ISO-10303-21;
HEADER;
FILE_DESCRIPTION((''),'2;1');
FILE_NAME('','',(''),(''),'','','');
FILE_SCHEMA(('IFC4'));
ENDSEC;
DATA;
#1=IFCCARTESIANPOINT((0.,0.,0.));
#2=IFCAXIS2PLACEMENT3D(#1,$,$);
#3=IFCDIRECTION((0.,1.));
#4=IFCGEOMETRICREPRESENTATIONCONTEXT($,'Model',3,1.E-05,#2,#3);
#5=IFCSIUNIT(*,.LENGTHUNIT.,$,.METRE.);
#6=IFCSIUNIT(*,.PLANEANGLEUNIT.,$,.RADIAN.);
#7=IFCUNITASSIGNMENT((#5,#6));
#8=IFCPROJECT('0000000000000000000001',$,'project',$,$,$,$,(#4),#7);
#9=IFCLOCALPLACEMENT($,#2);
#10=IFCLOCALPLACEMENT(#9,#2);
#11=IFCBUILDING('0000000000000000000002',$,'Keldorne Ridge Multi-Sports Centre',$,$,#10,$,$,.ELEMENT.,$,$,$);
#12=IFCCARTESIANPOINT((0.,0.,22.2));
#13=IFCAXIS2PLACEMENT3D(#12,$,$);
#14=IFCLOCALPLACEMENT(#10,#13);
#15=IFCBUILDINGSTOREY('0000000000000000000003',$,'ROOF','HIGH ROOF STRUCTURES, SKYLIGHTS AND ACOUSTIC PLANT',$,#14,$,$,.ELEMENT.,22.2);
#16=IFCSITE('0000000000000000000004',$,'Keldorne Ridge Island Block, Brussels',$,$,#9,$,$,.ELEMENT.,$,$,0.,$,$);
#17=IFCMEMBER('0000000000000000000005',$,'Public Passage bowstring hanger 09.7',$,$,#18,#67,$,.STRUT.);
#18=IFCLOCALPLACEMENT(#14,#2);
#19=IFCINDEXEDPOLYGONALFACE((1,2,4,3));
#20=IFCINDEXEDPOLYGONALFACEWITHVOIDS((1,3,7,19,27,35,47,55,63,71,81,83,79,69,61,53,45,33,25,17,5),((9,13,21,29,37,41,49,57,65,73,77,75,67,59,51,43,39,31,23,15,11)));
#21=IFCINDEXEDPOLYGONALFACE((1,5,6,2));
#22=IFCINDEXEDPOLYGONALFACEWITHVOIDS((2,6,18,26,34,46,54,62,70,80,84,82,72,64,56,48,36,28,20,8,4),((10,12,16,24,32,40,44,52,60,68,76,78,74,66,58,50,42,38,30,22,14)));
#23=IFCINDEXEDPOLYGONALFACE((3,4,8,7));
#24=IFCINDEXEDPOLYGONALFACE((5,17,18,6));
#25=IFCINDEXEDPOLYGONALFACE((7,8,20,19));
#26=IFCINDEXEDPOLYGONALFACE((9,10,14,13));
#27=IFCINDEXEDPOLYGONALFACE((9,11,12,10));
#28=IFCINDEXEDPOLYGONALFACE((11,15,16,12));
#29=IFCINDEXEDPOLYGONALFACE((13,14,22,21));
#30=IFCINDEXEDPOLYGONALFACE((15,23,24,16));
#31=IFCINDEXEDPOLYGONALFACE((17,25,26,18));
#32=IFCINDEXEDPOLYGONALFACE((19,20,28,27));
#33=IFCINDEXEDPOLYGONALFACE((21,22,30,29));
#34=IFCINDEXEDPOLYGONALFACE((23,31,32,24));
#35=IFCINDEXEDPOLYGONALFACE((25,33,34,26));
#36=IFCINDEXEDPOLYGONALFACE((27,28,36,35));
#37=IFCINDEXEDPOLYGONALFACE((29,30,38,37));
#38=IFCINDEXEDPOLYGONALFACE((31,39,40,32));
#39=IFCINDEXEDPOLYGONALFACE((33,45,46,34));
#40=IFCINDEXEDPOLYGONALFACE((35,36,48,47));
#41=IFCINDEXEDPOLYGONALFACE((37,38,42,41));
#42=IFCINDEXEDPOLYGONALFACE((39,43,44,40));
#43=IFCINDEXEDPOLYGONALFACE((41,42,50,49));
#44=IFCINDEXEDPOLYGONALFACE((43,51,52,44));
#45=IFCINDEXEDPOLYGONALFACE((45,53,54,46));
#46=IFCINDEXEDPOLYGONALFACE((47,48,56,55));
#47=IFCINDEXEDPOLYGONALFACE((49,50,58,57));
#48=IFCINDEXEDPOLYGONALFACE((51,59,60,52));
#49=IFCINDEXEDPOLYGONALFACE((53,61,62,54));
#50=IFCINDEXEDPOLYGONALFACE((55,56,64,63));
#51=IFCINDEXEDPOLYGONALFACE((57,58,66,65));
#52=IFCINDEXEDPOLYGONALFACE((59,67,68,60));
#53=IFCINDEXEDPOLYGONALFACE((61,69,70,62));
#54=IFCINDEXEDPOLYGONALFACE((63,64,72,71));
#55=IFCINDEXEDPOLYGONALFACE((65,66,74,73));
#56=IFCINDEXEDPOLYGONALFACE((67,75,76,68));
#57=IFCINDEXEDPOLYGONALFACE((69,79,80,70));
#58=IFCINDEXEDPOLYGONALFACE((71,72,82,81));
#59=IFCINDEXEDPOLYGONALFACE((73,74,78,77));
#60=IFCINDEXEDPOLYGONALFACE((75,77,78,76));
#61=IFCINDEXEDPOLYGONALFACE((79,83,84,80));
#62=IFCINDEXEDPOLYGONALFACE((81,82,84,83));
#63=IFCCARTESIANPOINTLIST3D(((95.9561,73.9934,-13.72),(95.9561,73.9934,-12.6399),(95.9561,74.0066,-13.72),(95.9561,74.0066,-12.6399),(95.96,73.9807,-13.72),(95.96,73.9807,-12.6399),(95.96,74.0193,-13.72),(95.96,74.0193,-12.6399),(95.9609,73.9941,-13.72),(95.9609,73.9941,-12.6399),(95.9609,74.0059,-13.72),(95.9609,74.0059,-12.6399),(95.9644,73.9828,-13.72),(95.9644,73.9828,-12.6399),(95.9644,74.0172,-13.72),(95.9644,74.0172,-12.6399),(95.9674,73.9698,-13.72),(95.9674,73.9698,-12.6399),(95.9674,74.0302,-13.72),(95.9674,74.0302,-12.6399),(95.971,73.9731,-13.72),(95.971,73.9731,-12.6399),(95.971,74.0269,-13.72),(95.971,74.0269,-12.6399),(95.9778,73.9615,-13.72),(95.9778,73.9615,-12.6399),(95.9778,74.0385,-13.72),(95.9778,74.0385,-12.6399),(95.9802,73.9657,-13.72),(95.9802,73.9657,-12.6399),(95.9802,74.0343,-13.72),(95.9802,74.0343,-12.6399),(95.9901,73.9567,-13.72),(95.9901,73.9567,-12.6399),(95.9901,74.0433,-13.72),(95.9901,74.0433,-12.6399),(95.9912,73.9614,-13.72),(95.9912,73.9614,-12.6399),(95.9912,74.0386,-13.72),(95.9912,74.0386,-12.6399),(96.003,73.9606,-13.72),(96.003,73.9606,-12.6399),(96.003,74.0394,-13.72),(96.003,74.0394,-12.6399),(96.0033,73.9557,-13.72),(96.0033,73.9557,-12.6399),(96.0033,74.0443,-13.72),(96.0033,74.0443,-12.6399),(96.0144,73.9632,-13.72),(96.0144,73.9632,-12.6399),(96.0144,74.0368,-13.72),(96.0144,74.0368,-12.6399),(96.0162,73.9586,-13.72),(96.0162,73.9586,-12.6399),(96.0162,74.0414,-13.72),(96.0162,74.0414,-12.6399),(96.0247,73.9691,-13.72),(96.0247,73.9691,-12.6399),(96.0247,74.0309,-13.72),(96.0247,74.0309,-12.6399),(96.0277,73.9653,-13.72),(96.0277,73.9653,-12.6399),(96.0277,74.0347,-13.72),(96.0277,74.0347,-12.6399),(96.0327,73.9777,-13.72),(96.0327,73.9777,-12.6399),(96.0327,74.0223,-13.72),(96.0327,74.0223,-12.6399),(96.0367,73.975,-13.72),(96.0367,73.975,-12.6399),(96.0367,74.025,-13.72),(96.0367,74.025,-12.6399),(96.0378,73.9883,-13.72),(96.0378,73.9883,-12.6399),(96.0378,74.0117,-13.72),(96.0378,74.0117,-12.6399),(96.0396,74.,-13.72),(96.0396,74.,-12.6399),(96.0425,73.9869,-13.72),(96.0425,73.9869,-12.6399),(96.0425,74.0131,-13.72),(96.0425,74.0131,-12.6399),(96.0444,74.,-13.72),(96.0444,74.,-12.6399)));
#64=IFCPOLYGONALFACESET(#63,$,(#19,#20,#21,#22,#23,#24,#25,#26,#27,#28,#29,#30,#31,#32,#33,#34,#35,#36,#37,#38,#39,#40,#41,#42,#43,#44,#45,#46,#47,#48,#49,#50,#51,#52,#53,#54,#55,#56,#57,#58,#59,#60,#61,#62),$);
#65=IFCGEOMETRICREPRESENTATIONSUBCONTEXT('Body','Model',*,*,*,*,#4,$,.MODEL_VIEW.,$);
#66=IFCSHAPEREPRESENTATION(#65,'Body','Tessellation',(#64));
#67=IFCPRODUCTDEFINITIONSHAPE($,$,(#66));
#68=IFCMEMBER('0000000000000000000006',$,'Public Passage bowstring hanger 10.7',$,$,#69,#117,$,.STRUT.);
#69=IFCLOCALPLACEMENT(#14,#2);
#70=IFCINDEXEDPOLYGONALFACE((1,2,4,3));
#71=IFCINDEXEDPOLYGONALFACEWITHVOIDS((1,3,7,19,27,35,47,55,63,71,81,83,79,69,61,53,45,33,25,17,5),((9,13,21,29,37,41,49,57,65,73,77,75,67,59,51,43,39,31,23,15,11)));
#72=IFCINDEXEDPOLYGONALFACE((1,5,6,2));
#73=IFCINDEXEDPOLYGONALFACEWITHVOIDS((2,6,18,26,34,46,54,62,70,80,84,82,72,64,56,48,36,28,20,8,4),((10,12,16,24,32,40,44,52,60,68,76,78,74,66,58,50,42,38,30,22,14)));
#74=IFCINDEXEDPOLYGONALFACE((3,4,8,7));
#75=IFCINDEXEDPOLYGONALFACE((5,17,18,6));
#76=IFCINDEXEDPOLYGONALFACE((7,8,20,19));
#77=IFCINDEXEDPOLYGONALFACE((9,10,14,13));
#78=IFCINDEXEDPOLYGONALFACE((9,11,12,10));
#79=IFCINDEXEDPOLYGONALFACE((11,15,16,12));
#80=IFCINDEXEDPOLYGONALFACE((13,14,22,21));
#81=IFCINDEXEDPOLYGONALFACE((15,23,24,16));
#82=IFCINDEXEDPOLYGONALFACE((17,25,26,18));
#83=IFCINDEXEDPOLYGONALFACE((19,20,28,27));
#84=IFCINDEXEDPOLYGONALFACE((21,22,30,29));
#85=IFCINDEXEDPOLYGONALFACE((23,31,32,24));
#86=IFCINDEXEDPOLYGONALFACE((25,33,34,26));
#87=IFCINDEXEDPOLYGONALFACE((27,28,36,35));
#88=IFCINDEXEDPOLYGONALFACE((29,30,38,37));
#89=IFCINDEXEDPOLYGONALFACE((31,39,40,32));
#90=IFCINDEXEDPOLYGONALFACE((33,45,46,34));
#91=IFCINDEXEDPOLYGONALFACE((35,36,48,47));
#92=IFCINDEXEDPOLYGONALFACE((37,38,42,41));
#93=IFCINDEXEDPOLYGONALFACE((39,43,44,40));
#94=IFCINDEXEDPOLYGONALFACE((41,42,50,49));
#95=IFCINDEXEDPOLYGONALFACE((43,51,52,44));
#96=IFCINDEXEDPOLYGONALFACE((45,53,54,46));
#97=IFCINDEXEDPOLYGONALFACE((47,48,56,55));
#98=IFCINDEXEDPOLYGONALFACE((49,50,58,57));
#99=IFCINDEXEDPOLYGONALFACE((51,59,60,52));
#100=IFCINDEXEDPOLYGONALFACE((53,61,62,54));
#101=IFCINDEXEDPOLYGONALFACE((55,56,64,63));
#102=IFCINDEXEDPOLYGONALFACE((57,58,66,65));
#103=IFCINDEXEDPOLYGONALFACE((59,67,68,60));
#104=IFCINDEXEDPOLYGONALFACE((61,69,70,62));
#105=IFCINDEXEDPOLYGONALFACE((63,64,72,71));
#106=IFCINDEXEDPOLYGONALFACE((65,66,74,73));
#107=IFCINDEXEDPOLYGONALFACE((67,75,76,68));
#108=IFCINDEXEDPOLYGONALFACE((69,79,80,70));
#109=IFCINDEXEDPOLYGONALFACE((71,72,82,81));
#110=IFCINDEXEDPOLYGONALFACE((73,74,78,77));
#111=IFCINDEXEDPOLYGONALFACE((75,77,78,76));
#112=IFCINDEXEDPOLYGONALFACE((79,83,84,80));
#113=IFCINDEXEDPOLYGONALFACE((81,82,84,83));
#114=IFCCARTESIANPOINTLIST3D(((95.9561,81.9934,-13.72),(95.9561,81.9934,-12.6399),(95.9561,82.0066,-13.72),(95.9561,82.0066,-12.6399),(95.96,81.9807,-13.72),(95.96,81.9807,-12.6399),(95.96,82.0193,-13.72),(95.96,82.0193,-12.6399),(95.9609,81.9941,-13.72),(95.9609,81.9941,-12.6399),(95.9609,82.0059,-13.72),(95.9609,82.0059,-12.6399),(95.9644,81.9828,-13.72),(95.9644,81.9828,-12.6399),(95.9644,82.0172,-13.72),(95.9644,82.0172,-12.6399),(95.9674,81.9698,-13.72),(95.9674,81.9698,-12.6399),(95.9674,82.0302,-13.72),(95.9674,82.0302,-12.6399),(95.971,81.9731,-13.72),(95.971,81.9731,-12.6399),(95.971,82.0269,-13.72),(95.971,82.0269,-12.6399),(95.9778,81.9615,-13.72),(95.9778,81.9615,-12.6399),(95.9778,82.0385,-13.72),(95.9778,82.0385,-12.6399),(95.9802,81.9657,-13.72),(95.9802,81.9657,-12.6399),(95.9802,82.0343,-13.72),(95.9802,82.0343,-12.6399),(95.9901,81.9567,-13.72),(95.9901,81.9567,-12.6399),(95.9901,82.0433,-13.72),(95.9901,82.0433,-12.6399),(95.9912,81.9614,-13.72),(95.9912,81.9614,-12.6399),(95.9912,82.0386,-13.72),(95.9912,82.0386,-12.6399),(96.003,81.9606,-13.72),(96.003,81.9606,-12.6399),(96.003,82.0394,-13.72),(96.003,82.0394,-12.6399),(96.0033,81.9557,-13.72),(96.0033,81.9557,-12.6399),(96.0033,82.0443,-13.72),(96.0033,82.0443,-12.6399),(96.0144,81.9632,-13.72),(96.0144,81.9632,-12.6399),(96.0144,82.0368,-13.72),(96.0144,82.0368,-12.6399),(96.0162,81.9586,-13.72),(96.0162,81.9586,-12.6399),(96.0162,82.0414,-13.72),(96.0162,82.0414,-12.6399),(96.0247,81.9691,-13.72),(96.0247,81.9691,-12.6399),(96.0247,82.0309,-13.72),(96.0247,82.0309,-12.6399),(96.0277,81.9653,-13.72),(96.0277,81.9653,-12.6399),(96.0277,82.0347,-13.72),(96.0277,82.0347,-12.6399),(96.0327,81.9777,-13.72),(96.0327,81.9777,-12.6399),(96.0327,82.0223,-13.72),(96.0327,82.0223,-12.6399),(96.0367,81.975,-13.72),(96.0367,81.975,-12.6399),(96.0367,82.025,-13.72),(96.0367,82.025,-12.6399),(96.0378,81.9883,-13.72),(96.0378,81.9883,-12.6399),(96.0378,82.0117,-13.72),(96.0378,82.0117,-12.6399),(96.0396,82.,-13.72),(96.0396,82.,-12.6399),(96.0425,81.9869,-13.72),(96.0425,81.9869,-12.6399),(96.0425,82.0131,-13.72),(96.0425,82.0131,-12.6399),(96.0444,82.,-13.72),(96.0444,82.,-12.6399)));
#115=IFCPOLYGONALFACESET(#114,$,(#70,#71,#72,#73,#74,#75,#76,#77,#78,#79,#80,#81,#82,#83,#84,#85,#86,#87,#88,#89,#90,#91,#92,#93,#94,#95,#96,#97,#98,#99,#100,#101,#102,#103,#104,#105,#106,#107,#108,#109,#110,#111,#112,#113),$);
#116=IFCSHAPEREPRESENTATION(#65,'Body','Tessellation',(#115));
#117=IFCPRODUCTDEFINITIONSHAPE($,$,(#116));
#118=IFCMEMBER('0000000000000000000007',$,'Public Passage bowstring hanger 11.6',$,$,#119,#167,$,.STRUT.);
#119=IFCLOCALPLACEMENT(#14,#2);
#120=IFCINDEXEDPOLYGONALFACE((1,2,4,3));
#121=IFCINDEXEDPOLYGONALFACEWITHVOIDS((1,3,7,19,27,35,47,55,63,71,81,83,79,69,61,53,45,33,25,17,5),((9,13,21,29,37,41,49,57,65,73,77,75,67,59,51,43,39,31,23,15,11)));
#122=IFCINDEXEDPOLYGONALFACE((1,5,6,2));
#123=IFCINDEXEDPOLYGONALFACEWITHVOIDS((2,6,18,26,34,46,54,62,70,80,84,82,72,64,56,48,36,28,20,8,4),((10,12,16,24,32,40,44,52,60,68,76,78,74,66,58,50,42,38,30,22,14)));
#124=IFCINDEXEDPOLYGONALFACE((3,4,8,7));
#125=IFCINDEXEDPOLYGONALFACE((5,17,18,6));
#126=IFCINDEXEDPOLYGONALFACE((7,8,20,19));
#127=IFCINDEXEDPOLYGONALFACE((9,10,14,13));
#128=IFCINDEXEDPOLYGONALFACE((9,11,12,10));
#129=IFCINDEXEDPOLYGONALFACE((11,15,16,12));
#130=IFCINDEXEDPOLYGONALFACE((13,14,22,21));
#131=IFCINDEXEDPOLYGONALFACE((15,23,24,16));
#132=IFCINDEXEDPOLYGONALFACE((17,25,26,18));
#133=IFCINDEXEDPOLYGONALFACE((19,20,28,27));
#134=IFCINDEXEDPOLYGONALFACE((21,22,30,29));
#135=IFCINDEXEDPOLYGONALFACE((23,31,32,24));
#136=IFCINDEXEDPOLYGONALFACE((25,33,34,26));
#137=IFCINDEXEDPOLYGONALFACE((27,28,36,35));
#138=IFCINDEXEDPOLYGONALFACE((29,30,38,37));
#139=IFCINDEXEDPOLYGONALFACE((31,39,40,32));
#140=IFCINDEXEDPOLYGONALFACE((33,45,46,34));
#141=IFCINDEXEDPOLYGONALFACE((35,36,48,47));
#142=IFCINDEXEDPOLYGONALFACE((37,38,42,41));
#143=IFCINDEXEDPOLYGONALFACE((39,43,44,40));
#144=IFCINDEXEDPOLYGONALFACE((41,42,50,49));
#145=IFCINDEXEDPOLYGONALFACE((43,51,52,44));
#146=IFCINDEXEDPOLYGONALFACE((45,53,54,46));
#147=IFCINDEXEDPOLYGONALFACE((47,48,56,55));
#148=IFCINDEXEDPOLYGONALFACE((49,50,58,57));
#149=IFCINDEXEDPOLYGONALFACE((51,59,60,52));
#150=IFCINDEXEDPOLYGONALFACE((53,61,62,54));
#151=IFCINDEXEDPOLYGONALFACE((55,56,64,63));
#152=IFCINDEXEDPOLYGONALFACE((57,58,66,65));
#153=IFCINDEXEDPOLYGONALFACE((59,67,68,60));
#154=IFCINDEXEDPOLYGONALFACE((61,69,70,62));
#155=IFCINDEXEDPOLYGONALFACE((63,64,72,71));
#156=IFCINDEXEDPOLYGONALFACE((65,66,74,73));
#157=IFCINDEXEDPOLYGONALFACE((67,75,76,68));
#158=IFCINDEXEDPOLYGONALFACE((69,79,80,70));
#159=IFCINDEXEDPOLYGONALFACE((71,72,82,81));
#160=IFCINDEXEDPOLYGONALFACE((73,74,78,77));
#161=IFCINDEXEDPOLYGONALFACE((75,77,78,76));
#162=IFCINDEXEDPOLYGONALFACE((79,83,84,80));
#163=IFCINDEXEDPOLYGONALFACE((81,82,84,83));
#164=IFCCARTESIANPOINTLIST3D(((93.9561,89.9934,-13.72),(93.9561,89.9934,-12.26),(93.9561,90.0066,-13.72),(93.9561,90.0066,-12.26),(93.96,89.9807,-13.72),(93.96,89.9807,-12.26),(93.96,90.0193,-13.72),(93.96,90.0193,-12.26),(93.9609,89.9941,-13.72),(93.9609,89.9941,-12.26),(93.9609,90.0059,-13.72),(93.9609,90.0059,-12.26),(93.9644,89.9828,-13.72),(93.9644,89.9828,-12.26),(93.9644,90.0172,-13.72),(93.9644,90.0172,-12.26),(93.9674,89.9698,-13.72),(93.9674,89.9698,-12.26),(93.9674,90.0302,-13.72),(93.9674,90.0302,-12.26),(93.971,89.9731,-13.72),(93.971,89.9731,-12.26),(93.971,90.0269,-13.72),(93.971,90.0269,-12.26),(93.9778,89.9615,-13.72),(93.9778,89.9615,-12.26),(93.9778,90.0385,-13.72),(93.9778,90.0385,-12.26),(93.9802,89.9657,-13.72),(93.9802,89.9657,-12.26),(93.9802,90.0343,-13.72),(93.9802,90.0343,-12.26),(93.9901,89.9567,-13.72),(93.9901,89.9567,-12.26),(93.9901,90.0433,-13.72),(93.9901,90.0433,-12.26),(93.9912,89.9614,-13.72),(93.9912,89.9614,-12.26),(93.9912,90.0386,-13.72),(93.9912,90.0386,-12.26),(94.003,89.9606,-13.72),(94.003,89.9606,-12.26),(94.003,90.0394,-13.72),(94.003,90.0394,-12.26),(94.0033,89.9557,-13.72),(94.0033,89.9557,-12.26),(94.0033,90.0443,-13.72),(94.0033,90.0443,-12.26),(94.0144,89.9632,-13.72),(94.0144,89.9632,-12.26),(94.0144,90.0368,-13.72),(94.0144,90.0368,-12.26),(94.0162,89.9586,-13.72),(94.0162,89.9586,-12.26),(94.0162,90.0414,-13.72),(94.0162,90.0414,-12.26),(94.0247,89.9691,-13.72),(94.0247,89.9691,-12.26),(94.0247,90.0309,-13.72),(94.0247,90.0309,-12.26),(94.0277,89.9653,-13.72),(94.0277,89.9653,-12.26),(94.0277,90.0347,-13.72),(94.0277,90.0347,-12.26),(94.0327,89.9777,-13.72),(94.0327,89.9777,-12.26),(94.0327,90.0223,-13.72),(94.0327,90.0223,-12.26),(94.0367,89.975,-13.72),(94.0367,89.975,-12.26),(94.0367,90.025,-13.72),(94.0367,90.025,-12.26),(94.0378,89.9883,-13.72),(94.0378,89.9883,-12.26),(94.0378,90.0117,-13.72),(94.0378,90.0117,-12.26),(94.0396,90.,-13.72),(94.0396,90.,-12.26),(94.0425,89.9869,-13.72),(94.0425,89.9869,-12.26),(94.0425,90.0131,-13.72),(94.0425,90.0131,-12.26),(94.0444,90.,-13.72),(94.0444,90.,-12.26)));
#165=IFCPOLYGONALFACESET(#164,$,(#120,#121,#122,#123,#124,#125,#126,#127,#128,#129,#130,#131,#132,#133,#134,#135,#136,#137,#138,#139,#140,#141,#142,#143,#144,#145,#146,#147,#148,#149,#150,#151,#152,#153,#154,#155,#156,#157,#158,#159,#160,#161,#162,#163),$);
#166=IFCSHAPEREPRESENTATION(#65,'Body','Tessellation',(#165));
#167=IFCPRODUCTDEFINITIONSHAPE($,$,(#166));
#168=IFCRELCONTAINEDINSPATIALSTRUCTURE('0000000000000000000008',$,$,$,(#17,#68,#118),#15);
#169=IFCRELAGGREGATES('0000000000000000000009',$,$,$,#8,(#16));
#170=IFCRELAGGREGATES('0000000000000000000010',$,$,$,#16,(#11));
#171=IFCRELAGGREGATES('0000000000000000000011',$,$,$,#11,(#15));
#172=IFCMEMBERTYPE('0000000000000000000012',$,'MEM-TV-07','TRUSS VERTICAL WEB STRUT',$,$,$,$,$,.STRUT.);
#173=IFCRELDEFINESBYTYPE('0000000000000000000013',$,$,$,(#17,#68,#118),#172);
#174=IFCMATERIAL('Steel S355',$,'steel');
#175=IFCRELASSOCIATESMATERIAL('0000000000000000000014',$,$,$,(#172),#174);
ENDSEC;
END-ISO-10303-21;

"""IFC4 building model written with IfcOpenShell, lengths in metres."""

from ifc_helpers import new_model, si_unit, direction, frame, origin, origin_2d, place, context, subcontext, project, spatial, hollow_circle, extrude, material, material_profile, profile_set, type_object, element, save


model = new_model("IFC4")

# Units and contexts
model_context = context("Model", 3, precision=1e-05, world=origin(), true_north=direction((0.0, 1.0)))
body_context = subcontext(model_context, "Body", "Model", "MODEL_VIEW")
ifc_project = project(units=[si_unit("LENGTHUNIT", "METRE"), si_unit("PLANEANGLEUNIT", "RADIAN")], contexts=[model_context])

# Site, building, storey
site_placement = place(None, origin())
site = spatial("IfcSite", under=ifc_project, at=site_placement, Name="Keldorne Ridge Island Block, Brussels", CompositionType="ELEMENT", RefElevation=0.0)
building_placement = place(site_placement, origin())
building = spatial("IfcBuilding", under=site, at=building_placement, Name="Keldorne Ridge Multi-Sports Centre", CompositionType="ELEMENT")
storey_placement = place(building_placement, frame((0.0, 0.0, 22.2)))
storey = spatial("IfcBuildingStorey", under=building, at=storey_placement, Name="ROOF", Description="HIGH ROOF STRUCTURES, SKYLIGHTS AND ACOUSTIC PLANT", CompositionType="ELEMENT", Elevation=22.2)

# Shared definitions
ifc_material_1 = material(Name="Steel S355", Category="steel")

# Members
ifc_material_profile_1 = material_profile(ifc_material_1, hollow_circle(Radius=0.0444, WallThickness=0.0049, at=origin_2d()), Name="CHS 88.9x5")
ifc_profile_set_1 = profile_set([ifc_material_profile_1], Name="Steel S355")
member_type_1 = type_object("IfcMemberType", Name="MEM-TV-07", Description="TRUSS VERTICAL WEB STRUT", PredefinedType="STRUT", material=ifc_profile_set_1)
for number, where, z_axis, x_axis, name in (
    (1, (96.0, 74.0, -13.72), (0.0, 0.0, 1.0), (1.0, 0.0, 0.0), "Public Passage bowstring hanger 09.7"),
    (2, (96.0, 82.0, -13.72), (0.0, 0.0, 1.0), (1.0, 0.0, 0.0), "Public Passage bowstring hanger 10.7"),
):
    element("IfcMember", number, at=place(storey_placement, frame(where, z_axis=z_axis, x_axis=x_axis)), inside=storey, type_object=member_type_1, Name=name, PredefinedType="STRUT", context=body_context, shape_type="SweptSolid", body=[
        extrude(hollow_circle(Radius=0.0444, WallThickness=0.0049, at=origin_2d()), origin(), (0.0, 0.0, 1.0), 1.0801),
    ])
member_1_placement = place(storey_placement, frame((94.0, 90.0, -13.72), z_axis=(0.0, 0.0, 1.0), x_axis=(1.0, 0.0, 0.0)))
element("IfcMember", 3, at=member_1_placement, inside=storey, type_object=member_type_1, Name="Public Passage bowstring hanger 11.6", PredefinedType="STRUT", context=body_context, shape_type="SweptSolid", body=[
    extrude(hollow_circle(Radius=0.0444, WallThickness=0.0049, at=origin_2d()), origin(), (0.0, 0.0, 1.0), 1.46),
])

save(model, "model.ifc")
